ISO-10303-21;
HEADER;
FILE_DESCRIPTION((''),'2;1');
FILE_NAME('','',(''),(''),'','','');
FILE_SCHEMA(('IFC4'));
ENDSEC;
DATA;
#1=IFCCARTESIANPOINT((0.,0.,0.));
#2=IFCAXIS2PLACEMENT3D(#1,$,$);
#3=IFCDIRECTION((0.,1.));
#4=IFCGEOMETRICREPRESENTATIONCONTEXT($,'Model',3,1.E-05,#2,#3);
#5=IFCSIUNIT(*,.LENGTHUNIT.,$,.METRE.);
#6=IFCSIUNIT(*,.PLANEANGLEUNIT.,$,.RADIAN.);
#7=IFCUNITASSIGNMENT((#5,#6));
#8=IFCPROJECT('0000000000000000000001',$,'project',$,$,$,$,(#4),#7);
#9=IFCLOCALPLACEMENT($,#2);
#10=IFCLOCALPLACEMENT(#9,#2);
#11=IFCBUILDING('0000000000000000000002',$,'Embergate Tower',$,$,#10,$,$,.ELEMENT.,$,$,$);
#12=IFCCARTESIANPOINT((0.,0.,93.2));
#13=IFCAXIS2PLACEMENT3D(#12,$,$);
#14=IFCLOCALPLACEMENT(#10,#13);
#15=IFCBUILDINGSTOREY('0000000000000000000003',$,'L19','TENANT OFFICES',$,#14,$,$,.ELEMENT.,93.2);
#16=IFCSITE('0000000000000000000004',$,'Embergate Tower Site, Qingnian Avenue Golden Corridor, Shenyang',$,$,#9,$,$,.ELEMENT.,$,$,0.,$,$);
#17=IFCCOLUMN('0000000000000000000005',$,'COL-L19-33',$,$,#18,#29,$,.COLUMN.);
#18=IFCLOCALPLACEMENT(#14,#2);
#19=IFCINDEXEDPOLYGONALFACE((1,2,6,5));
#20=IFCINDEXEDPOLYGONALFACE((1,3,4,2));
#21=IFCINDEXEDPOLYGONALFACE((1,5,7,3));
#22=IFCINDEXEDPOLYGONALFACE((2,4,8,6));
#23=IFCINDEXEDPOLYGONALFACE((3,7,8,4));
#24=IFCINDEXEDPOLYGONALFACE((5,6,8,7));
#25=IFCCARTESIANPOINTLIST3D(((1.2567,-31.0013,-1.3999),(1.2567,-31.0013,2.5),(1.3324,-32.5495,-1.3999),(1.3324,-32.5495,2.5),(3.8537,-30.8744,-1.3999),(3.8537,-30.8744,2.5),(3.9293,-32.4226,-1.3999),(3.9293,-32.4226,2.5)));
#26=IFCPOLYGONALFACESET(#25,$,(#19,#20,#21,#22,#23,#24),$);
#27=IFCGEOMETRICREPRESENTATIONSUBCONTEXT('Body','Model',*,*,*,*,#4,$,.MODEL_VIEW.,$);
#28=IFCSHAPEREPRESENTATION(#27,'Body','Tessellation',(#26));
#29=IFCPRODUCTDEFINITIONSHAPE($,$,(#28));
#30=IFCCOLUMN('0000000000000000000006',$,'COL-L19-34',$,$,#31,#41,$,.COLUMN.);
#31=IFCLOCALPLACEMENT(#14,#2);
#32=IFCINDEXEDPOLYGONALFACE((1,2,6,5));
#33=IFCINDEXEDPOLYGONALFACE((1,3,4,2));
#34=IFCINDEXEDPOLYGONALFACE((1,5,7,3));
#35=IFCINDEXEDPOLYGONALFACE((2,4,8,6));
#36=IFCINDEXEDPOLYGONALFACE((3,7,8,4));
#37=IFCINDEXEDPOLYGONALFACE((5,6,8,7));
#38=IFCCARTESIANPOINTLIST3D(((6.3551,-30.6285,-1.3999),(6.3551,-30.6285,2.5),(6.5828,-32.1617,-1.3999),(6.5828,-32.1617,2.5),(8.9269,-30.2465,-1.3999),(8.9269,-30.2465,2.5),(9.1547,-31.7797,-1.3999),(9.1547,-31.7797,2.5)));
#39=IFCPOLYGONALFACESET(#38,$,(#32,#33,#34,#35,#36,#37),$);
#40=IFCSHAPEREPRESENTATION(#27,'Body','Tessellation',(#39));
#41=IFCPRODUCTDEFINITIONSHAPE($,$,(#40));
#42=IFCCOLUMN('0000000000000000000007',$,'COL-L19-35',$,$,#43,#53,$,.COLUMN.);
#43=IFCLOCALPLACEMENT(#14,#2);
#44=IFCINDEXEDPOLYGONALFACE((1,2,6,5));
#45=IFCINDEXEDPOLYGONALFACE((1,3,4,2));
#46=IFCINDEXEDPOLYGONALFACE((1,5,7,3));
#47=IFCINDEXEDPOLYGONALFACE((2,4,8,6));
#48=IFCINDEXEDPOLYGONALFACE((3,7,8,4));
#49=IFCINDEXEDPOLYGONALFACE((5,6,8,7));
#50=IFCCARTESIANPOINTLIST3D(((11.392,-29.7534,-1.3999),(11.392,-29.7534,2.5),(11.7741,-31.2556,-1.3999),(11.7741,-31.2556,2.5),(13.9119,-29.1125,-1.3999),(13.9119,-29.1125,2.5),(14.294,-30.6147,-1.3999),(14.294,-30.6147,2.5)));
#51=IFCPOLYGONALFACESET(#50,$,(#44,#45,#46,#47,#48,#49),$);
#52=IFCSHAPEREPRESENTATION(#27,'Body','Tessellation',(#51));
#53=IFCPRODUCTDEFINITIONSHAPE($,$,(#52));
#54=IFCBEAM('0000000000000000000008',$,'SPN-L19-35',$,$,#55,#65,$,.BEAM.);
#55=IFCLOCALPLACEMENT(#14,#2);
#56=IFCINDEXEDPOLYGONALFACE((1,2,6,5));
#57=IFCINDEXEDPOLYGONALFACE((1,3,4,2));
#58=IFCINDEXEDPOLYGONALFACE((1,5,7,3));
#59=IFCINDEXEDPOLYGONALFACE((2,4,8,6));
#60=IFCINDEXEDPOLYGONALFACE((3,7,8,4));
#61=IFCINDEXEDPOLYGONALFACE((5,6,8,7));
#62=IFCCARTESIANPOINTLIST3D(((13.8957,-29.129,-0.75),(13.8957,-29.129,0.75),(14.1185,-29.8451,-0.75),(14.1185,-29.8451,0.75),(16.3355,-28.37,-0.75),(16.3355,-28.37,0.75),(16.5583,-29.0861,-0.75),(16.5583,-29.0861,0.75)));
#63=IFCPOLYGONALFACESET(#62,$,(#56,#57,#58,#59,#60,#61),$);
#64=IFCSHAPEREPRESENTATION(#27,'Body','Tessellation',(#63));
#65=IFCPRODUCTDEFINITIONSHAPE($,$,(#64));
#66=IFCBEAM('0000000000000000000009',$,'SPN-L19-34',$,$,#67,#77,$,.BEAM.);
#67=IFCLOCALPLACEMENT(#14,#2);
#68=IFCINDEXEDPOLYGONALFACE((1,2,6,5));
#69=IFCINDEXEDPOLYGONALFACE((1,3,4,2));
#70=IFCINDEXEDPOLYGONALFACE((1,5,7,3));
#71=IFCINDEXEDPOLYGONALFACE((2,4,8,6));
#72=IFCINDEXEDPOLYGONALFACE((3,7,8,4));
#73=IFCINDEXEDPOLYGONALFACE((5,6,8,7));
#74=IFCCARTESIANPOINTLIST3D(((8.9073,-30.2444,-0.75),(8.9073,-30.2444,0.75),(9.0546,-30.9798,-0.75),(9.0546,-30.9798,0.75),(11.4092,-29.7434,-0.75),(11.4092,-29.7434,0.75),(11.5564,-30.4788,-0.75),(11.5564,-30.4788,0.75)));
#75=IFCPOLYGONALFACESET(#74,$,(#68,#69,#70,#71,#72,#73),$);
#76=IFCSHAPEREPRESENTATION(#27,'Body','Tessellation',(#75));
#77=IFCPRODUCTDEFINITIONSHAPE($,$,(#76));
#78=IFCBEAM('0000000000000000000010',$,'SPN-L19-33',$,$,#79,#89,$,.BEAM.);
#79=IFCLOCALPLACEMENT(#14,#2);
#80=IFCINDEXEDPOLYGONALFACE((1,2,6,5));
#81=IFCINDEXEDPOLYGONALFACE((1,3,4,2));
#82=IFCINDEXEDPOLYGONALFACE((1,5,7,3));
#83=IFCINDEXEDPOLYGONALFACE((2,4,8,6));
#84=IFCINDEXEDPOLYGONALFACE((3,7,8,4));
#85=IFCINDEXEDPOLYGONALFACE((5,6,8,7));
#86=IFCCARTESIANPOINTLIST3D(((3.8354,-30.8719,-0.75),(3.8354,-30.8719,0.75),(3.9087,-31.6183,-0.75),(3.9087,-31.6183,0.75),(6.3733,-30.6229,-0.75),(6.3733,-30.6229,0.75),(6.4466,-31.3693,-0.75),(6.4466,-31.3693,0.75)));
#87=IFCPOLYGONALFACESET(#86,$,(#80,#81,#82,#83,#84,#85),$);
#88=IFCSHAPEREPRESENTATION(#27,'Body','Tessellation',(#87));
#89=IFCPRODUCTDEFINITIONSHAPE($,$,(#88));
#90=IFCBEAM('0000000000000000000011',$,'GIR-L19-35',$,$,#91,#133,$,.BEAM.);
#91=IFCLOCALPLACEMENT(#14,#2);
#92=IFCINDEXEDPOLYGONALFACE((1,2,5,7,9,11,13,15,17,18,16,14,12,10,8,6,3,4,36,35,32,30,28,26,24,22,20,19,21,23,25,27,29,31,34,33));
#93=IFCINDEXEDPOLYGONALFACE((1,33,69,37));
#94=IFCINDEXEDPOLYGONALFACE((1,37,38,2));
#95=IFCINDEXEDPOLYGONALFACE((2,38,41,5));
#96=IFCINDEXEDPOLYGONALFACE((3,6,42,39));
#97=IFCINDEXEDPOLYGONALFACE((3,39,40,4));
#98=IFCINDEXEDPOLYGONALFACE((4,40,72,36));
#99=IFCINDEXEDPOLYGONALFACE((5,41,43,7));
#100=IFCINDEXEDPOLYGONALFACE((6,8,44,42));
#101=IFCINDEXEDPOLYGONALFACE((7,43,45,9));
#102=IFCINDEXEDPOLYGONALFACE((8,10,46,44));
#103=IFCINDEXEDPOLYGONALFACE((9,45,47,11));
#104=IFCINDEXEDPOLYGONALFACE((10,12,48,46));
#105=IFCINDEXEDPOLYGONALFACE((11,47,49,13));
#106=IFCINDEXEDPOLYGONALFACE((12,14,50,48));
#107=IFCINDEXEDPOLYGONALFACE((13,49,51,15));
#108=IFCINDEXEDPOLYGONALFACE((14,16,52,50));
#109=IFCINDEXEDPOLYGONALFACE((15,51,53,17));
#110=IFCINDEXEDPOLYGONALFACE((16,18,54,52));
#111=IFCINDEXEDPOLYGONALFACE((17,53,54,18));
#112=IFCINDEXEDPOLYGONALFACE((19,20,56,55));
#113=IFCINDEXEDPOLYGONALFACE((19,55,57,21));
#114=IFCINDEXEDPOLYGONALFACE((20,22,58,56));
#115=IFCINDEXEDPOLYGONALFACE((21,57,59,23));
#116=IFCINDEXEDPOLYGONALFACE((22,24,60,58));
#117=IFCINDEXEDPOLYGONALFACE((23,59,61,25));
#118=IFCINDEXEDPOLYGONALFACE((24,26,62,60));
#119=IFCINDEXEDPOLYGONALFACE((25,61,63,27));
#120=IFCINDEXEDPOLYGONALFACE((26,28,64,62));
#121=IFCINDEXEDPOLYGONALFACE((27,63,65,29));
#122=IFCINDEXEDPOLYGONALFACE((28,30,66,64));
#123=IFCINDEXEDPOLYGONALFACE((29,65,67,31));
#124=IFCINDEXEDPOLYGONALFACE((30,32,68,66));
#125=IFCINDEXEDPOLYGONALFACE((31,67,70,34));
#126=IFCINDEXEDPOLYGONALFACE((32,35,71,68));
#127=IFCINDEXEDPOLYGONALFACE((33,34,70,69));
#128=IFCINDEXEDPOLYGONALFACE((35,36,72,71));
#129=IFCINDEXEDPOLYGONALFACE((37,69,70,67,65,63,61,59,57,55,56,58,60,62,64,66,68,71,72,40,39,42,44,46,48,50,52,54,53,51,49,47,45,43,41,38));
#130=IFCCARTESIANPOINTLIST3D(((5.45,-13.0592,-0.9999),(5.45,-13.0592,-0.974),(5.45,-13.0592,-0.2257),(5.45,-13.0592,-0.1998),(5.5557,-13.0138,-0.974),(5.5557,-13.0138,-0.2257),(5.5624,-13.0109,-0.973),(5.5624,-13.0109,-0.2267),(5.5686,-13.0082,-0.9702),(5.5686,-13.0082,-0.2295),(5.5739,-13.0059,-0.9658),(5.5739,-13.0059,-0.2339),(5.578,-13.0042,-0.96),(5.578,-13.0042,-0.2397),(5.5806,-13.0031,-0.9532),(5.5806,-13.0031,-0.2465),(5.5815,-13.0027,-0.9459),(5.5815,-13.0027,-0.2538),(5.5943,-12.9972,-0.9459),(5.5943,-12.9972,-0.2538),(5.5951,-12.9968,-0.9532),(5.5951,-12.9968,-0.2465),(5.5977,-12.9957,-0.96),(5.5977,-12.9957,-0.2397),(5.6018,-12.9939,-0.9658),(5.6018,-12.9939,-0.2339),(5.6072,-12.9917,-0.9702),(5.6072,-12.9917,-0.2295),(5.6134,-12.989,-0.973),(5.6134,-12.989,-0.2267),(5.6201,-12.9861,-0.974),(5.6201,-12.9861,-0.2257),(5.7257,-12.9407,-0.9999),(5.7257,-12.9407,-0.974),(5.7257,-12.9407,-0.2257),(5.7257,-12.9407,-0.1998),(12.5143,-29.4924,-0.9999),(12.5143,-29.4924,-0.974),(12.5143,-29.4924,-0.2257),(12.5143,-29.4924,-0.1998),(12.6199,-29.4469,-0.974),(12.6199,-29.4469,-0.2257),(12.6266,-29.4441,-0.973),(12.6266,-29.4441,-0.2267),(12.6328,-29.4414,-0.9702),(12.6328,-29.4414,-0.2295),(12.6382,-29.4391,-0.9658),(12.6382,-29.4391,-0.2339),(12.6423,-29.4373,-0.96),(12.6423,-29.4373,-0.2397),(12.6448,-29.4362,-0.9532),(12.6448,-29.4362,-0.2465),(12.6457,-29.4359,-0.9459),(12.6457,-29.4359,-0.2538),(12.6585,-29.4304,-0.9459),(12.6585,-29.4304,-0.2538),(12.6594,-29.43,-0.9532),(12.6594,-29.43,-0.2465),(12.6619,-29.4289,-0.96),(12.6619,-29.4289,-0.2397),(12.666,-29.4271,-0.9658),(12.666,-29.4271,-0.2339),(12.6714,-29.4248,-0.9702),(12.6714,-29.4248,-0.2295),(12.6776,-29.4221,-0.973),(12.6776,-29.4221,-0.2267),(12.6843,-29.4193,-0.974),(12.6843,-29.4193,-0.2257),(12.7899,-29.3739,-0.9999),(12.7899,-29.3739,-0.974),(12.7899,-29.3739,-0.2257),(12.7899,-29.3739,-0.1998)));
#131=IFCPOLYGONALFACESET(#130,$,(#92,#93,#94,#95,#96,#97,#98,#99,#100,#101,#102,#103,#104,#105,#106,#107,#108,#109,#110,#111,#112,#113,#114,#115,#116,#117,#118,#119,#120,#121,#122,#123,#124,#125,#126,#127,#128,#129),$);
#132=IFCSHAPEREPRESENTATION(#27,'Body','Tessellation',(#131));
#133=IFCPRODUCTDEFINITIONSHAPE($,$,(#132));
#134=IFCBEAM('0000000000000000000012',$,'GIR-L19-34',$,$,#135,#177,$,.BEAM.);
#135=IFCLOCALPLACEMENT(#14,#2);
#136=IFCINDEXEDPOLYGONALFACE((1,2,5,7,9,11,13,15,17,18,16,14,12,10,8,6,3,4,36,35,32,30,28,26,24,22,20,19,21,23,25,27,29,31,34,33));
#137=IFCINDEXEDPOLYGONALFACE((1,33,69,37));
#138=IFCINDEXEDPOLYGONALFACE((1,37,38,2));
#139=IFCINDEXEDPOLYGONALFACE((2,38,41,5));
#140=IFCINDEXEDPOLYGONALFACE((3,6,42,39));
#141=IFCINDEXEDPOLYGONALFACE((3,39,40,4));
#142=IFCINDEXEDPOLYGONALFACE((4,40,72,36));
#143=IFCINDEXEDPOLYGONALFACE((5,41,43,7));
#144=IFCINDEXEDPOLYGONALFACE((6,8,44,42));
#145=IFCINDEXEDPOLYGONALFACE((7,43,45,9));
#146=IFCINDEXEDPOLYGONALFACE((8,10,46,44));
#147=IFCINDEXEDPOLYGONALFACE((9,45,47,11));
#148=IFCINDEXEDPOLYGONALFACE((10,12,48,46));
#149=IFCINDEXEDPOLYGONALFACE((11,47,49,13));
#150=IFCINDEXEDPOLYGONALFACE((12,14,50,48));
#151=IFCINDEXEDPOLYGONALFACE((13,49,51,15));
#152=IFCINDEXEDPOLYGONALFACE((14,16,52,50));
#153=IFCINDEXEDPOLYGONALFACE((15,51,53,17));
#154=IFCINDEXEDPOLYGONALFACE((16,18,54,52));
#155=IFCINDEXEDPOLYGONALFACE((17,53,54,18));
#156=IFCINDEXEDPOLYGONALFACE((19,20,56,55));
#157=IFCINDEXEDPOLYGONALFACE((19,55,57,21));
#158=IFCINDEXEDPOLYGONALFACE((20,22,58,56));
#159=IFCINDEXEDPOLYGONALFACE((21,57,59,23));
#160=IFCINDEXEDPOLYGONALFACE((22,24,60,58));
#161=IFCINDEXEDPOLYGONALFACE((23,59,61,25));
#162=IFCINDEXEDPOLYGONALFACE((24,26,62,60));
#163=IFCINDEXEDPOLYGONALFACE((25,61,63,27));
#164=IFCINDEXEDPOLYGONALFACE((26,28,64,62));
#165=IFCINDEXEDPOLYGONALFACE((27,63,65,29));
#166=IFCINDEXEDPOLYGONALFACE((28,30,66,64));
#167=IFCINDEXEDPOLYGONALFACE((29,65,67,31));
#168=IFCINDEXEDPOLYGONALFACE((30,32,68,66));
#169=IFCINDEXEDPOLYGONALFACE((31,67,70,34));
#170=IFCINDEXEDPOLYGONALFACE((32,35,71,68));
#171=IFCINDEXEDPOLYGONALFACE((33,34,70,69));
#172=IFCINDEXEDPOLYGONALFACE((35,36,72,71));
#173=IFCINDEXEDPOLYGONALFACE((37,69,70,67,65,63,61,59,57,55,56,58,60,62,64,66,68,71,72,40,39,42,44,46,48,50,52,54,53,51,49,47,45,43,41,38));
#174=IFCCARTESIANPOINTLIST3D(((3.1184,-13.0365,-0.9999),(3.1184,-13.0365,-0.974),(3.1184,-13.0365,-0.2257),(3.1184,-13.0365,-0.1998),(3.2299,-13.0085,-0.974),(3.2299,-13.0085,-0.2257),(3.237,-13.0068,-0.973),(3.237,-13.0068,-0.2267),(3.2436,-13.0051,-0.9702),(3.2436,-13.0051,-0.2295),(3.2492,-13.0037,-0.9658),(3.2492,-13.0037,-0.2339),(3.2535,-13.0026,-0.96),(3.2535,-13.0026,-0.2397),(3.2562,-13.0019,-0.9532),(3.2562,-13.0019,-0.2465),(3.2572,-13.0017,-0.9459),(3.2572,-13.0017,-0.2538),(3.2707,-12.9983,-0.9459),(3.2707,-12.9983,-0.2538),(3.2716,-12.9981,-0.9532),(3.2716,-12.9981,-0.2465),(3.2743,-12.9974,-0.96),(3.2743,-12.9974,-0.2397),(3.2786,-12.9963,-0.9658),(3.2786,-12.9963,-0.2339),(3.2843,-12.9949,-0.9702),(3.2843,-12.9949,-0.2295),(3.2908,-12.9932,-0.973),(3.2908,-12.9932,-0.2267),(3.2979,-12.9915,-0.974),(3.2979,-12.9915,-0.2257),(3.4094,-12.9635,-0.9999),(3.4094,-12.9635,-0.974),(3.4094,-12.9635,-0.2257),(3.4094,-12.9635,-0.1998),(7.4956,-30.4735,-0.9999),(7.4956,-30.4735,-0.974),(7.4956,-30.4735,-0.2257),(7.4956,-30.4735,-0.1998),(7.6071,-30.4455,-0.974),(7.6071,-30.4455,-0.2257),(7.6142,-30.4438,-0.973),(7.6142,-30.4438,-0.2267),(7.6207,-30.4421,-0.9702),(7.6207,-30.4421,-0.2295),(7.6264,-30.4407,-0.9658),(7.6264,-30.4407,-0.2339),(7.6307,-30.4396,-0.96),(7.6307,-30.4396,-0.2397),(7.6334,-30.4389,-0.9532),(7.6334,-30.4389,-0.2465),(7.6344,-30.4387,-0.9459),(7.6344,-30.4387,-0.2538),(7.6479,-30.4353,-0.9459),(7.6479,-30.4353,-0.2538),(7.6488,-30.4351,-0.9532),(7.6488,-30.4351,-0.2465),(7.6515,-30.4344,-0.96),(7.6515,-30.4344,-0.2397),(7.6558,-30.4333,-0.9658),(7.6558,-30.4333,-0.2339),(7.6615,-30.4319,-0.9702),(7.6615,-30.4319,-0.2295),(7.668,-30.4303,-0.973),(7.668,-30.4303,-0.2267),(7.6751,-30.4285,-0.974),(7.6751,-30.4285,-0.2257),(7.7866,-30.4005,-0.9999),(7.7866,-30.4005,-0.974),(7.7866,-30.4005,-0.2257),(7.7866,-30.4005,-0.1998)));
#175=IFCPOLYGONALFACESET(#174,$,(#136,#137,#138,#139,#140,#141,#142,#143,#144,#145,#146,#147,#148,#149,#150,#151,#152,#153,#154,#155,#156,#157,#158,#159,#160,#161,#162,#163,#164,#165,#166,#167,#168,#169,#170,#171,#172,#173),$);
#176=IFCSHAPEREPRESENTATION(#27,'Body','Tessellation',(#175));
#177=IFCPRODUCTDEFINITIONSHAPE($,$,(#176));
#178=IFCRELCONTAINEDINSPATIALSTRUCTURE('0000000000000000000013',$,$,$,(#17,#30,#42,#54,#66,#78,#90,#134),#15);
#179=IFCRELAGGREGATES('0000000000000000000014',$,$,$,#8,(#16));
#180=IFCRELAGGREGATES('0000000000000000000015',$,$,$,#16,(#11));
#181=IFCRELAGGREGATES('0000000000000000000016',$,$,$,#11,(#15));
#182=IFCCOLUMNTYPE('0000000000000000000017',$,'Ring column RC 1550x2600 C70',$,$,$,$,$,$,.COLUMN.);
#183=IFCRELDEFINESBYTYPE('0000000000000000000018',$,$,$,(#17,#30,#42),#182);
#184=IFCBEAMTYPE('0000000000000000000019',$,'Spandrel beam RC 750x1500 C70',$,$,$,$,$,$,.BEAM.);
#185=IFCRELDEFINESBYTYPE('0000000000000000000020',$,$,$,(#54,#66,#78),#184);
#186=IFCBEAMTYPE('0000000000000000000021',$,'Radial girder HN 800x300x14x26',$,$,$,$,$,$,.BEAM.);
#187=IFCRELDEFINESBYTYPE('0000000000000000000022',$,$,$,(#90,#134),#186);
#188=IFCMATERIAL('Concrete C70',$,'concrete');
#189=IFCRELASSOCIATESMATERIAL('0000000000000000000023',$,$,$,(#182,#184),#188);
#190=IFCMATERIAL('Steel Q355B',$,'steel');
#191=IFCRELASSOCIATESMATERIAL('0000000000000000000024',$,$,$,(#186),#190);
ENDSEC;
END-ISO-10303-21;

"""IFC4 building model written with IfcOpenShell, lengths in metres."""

from ifc_helpers import new_model, si_unit, direction, frame, origin, origin_2d, place, context, subcontext, project, spatial, rectangle, i_section, extrude, source, transform, mapped, material, material_profile, profile_set, type_object, element, save


model = new_model("IFC4")

# Units and contexts
model_context = context("Model", 3, precision=1e-05, world=origin(), true_north=direction((0.0, 1.0)))
body_context = subcontext(model_context, "Body", "Model", "MODEL_VIEW")
ifc_project = project(units=[si_unit("LENGTHUNIT", "METRE"), si_unit("PLANEANGLEUNIT", "RADIAN")], contexts=[model_context])

# Site, building, storey
site_placement = place(None, origin())
site = spatial("IfcSite", under=ifc_project, at=site_placement, Name="Embergate Tower Site, Qingnian Avenue Golden Corridor, Shenyang", CompositionType="ELEMENT", RefElevation=0.0)
building_placement = place(site_placement, origin())
building = spatial("IfcBuilding", under=site, at=building_placement, Name="Embergate Tower", CompositionType="ELEMENT")
storey_placement = place(building_placement, frame((0.0, 0.0, 93.2)))
storey = spatial("IfcBuildingStorey", under=building, at=storey_placement, Name="L19", Description="TENANT OFFICES", CompositionType="ELEMENT", Elevation=93.2)

# Columns
ifc_material_1 = material(Name="Concrete C70", Category="concrete")
ifc_material_profile_1 = material_profile(ifc_material_1, rectangle(XDim=1.55, YDim=2.6001, at=origin_2d()), Name="RC 1550x2600")
ifc_profile_set_1 = profile_set([ifc_material_profile_1], Name="Concrete C70")
column_type = type_object("IfcColumnType", Name="Ring column RC 1550x2600 C70", PredefinedType="COLUMN", material=ifc_profile_set_1)
shared_shape_1 = source(origin(), body_context, "Body", "SweptSolid", [
    extrude(rectangle(XDim=1.55, YDim=2.6001, at=origin_2d()), origin(), (0.0, 0.0, 1.0), 3.8999),
])
for number, where, z_axis, x_axis, name in (
    (1, (2.593, -31.7119, -1.3999), (0.0, 0.0, 1.0), (0.048815, -0.998808, 0.0), "COL-L19-33"),
    (2, (7.7549, -31.2041, -1.3999), (0.0, 0.0, 1.0), (0.146929, -0.989147, 0.0), "COL-L19-34"),
    (3, (12.843, -30.1841, -1.3999), (0.0, 0.0, 1.0), (0.246492, -0.969145, 0.0), "COL-L19-35"),
):
    element("IfcColumn", number, at=place(storey_placement, frame(where, z_axis=z_axis, x_axis=x_axis)), inside=storey, type_object=column_type, Name=name, PredefinedType="COLUMN", context=body_context, shape_type="MappedRepresentation", body=[
        mapped(shared_shape_1, transform((0.0, 0.0, 0.0))),
    ])

# Beams
ifc_material_profile_2 = material_profile(ifc_material_1, rectangle(XDim=0.75, YDim=1.5, at=origin_2d()), Name="RC 750x1500")
ifc_profile_set_2 = profile_set([ifc_material_profile_2], Name="Concrete C70")
beam_type_1 = type_object("IfcBeamType", Name="Spandrel beam RC 750x1500 C70", PredefinedType="BEAM", material=ifc_profile_set_2)
shared_shape_2 = source(origin(), body_context, "Body", "SweptSolid", [
    extrude(rectangle(XDim=0.75, YDim=1.5, at=origin_2d()), origin(), (0.0, 0.0, 1.0), 2.5552),
])
beam_1_placement = place(storey_placement, frame((14.0071, -29.4871, 0.0), z_axis=(0.954863, 0.297045, 0.0), x_axis=(-0.297045, 0.954863, 0.0)))
element("IfcBeam", 4, at=beam_1_placement, inside=storey, type_object=beam_type_1, Name="SPN-L19-35", PredefinedType="BEAM", context=body_context, shape_type="MappedRepresentation", body=[
    mapped(shared_shape_2, transform((0.0, 0.0, 0.0))),
])
shared_shape_3 = source(origin(), body_context, "Body", "SweptSolid", [
    extrude(rectangle(XDim=0.75, YDim=1.5, at=origin_2d()), origin(), (0.0, 0.0, 1.0), 2.5515),
])
beam_2_placement = place(storey_placement, frame((8.981, -30.6121, 0.0), z_axis=(0.980536, 0.196337, 0.0), x_axis=(-0.196337, 0.980536, 0.0)))
element("IfcBeam", 5, at=beam_2_placement, inside=storey, type_object=beam_type_1, Name="SPN-L19-34", PredefinedType="BEAM", context=body_context, shape_type="MappedRepresentation", body=[
    mapped(shared_shape_3, transform((0.0, 0.0, 0.0))),
])
shared_shape_4 = source(origin(), body_context, "Body", "SweptSolid", [
    extrude(rectangle(XDim=0.75, YDim=1.5, at=origin_2d()), origin(), (0.0, 0.0, 1.0), 2.55),
])
beam_3_placement = place(storey_placement, frame((3.8721, -31.2451, 0.0), z_axis=(0.99522, 0.097655, 0.0), x_axis=(-0.097655, 0.99522, 0.0)))
element("IfcBeam", 6, at=beam_3_placement, inside=storey, type_object=beam_type_1, Name="SPN-L19-33", PredefinedType="BEAM", context=body_context, shape_type="MappedRepresentation", body=[
    mapped(shared_shape_4, transform((0.0, 0.0, 0.0))),
])
ifc_material_2 = material(Name="Steel Q355B", Category="steel")
ifc_material_profile_3 = material_profile(ifc_material_2, i_section(OverallWidth=0.3, OverallDepth=0.8, WebThickness=0.0139, FlangeThickness=0.0259, FilletRadius=0.0281, at=origin_2d()), Name="HN 800x300x14x26")
ifc_profile_set_3 = profile_set([ifc_material_profile_3], Name="Steel Q355 grade B")
beam_type_2 = type_object("IfcBeamType", Name="Radial girder HN 800x300x14x26", PredefinedType="BEAM", material=ifc_profile_set_3)
shared_shape_5 = source(origin(), body_context, "Body", "SweptSolid", [
    extrude(i_section(OverallWidth=0.3, OverallDepth=0.8, WebThickness=0.0139, FlangeThickness=0.0259, FilletRadius=0.0281, at=origin_2d()), origin(), (0.0, 0.0, 1.0), 17.8872),
])
beam_4_placement = place(storey_placement, frame((12.6521, -29.4331, -0.5999), z_axis=(-0.394932, 0.91871, 0.0), x_axis=(-0.91871, -0.394932, 0.0)))
element("IfcBeam", 7, at=beam_4_placement, inside=storey, type_object=beam_type_2, Name="GIR-L19-35", PredefinedType="BEAM", context=body_context, shape_type="MappedRepresentation", body=[
    mapped(shared_shape_5, transform((0.0, 0.0, 0.0))),
])
shared_shape_6 = source(origin(), body_context, "Body", "SweptSolid", [
    extrude(i_section(OverallWidth=0.3, OverallDepth=0.8, WebThickness=0.0139, FlangeThickness=0.0259, FilletRadius=0.0281, at=origin_2d()), origin(), (0.0, 0.0, 1.0), 17.978),
])
beam_5_placement = place(storey_placement, frame((7.6411, -30.437, -0.5999), z_axis=(-0.243475, 0.969907, 0.0), x_axis=(-0.969907, -0.243475, 0.0)))
element("IfcBeam", 8, at=beam_5_placement, inside=storey, type_object=beam_type_2, Name="GIR-L19-34", PredefinedType="BEAM", context=body_context, shape_type="MappedRepresentation", body=[
    mapped(shared_shape_6, transform((0.0, 0.0, 0.0))),
])

save(model, "model.ifc")
